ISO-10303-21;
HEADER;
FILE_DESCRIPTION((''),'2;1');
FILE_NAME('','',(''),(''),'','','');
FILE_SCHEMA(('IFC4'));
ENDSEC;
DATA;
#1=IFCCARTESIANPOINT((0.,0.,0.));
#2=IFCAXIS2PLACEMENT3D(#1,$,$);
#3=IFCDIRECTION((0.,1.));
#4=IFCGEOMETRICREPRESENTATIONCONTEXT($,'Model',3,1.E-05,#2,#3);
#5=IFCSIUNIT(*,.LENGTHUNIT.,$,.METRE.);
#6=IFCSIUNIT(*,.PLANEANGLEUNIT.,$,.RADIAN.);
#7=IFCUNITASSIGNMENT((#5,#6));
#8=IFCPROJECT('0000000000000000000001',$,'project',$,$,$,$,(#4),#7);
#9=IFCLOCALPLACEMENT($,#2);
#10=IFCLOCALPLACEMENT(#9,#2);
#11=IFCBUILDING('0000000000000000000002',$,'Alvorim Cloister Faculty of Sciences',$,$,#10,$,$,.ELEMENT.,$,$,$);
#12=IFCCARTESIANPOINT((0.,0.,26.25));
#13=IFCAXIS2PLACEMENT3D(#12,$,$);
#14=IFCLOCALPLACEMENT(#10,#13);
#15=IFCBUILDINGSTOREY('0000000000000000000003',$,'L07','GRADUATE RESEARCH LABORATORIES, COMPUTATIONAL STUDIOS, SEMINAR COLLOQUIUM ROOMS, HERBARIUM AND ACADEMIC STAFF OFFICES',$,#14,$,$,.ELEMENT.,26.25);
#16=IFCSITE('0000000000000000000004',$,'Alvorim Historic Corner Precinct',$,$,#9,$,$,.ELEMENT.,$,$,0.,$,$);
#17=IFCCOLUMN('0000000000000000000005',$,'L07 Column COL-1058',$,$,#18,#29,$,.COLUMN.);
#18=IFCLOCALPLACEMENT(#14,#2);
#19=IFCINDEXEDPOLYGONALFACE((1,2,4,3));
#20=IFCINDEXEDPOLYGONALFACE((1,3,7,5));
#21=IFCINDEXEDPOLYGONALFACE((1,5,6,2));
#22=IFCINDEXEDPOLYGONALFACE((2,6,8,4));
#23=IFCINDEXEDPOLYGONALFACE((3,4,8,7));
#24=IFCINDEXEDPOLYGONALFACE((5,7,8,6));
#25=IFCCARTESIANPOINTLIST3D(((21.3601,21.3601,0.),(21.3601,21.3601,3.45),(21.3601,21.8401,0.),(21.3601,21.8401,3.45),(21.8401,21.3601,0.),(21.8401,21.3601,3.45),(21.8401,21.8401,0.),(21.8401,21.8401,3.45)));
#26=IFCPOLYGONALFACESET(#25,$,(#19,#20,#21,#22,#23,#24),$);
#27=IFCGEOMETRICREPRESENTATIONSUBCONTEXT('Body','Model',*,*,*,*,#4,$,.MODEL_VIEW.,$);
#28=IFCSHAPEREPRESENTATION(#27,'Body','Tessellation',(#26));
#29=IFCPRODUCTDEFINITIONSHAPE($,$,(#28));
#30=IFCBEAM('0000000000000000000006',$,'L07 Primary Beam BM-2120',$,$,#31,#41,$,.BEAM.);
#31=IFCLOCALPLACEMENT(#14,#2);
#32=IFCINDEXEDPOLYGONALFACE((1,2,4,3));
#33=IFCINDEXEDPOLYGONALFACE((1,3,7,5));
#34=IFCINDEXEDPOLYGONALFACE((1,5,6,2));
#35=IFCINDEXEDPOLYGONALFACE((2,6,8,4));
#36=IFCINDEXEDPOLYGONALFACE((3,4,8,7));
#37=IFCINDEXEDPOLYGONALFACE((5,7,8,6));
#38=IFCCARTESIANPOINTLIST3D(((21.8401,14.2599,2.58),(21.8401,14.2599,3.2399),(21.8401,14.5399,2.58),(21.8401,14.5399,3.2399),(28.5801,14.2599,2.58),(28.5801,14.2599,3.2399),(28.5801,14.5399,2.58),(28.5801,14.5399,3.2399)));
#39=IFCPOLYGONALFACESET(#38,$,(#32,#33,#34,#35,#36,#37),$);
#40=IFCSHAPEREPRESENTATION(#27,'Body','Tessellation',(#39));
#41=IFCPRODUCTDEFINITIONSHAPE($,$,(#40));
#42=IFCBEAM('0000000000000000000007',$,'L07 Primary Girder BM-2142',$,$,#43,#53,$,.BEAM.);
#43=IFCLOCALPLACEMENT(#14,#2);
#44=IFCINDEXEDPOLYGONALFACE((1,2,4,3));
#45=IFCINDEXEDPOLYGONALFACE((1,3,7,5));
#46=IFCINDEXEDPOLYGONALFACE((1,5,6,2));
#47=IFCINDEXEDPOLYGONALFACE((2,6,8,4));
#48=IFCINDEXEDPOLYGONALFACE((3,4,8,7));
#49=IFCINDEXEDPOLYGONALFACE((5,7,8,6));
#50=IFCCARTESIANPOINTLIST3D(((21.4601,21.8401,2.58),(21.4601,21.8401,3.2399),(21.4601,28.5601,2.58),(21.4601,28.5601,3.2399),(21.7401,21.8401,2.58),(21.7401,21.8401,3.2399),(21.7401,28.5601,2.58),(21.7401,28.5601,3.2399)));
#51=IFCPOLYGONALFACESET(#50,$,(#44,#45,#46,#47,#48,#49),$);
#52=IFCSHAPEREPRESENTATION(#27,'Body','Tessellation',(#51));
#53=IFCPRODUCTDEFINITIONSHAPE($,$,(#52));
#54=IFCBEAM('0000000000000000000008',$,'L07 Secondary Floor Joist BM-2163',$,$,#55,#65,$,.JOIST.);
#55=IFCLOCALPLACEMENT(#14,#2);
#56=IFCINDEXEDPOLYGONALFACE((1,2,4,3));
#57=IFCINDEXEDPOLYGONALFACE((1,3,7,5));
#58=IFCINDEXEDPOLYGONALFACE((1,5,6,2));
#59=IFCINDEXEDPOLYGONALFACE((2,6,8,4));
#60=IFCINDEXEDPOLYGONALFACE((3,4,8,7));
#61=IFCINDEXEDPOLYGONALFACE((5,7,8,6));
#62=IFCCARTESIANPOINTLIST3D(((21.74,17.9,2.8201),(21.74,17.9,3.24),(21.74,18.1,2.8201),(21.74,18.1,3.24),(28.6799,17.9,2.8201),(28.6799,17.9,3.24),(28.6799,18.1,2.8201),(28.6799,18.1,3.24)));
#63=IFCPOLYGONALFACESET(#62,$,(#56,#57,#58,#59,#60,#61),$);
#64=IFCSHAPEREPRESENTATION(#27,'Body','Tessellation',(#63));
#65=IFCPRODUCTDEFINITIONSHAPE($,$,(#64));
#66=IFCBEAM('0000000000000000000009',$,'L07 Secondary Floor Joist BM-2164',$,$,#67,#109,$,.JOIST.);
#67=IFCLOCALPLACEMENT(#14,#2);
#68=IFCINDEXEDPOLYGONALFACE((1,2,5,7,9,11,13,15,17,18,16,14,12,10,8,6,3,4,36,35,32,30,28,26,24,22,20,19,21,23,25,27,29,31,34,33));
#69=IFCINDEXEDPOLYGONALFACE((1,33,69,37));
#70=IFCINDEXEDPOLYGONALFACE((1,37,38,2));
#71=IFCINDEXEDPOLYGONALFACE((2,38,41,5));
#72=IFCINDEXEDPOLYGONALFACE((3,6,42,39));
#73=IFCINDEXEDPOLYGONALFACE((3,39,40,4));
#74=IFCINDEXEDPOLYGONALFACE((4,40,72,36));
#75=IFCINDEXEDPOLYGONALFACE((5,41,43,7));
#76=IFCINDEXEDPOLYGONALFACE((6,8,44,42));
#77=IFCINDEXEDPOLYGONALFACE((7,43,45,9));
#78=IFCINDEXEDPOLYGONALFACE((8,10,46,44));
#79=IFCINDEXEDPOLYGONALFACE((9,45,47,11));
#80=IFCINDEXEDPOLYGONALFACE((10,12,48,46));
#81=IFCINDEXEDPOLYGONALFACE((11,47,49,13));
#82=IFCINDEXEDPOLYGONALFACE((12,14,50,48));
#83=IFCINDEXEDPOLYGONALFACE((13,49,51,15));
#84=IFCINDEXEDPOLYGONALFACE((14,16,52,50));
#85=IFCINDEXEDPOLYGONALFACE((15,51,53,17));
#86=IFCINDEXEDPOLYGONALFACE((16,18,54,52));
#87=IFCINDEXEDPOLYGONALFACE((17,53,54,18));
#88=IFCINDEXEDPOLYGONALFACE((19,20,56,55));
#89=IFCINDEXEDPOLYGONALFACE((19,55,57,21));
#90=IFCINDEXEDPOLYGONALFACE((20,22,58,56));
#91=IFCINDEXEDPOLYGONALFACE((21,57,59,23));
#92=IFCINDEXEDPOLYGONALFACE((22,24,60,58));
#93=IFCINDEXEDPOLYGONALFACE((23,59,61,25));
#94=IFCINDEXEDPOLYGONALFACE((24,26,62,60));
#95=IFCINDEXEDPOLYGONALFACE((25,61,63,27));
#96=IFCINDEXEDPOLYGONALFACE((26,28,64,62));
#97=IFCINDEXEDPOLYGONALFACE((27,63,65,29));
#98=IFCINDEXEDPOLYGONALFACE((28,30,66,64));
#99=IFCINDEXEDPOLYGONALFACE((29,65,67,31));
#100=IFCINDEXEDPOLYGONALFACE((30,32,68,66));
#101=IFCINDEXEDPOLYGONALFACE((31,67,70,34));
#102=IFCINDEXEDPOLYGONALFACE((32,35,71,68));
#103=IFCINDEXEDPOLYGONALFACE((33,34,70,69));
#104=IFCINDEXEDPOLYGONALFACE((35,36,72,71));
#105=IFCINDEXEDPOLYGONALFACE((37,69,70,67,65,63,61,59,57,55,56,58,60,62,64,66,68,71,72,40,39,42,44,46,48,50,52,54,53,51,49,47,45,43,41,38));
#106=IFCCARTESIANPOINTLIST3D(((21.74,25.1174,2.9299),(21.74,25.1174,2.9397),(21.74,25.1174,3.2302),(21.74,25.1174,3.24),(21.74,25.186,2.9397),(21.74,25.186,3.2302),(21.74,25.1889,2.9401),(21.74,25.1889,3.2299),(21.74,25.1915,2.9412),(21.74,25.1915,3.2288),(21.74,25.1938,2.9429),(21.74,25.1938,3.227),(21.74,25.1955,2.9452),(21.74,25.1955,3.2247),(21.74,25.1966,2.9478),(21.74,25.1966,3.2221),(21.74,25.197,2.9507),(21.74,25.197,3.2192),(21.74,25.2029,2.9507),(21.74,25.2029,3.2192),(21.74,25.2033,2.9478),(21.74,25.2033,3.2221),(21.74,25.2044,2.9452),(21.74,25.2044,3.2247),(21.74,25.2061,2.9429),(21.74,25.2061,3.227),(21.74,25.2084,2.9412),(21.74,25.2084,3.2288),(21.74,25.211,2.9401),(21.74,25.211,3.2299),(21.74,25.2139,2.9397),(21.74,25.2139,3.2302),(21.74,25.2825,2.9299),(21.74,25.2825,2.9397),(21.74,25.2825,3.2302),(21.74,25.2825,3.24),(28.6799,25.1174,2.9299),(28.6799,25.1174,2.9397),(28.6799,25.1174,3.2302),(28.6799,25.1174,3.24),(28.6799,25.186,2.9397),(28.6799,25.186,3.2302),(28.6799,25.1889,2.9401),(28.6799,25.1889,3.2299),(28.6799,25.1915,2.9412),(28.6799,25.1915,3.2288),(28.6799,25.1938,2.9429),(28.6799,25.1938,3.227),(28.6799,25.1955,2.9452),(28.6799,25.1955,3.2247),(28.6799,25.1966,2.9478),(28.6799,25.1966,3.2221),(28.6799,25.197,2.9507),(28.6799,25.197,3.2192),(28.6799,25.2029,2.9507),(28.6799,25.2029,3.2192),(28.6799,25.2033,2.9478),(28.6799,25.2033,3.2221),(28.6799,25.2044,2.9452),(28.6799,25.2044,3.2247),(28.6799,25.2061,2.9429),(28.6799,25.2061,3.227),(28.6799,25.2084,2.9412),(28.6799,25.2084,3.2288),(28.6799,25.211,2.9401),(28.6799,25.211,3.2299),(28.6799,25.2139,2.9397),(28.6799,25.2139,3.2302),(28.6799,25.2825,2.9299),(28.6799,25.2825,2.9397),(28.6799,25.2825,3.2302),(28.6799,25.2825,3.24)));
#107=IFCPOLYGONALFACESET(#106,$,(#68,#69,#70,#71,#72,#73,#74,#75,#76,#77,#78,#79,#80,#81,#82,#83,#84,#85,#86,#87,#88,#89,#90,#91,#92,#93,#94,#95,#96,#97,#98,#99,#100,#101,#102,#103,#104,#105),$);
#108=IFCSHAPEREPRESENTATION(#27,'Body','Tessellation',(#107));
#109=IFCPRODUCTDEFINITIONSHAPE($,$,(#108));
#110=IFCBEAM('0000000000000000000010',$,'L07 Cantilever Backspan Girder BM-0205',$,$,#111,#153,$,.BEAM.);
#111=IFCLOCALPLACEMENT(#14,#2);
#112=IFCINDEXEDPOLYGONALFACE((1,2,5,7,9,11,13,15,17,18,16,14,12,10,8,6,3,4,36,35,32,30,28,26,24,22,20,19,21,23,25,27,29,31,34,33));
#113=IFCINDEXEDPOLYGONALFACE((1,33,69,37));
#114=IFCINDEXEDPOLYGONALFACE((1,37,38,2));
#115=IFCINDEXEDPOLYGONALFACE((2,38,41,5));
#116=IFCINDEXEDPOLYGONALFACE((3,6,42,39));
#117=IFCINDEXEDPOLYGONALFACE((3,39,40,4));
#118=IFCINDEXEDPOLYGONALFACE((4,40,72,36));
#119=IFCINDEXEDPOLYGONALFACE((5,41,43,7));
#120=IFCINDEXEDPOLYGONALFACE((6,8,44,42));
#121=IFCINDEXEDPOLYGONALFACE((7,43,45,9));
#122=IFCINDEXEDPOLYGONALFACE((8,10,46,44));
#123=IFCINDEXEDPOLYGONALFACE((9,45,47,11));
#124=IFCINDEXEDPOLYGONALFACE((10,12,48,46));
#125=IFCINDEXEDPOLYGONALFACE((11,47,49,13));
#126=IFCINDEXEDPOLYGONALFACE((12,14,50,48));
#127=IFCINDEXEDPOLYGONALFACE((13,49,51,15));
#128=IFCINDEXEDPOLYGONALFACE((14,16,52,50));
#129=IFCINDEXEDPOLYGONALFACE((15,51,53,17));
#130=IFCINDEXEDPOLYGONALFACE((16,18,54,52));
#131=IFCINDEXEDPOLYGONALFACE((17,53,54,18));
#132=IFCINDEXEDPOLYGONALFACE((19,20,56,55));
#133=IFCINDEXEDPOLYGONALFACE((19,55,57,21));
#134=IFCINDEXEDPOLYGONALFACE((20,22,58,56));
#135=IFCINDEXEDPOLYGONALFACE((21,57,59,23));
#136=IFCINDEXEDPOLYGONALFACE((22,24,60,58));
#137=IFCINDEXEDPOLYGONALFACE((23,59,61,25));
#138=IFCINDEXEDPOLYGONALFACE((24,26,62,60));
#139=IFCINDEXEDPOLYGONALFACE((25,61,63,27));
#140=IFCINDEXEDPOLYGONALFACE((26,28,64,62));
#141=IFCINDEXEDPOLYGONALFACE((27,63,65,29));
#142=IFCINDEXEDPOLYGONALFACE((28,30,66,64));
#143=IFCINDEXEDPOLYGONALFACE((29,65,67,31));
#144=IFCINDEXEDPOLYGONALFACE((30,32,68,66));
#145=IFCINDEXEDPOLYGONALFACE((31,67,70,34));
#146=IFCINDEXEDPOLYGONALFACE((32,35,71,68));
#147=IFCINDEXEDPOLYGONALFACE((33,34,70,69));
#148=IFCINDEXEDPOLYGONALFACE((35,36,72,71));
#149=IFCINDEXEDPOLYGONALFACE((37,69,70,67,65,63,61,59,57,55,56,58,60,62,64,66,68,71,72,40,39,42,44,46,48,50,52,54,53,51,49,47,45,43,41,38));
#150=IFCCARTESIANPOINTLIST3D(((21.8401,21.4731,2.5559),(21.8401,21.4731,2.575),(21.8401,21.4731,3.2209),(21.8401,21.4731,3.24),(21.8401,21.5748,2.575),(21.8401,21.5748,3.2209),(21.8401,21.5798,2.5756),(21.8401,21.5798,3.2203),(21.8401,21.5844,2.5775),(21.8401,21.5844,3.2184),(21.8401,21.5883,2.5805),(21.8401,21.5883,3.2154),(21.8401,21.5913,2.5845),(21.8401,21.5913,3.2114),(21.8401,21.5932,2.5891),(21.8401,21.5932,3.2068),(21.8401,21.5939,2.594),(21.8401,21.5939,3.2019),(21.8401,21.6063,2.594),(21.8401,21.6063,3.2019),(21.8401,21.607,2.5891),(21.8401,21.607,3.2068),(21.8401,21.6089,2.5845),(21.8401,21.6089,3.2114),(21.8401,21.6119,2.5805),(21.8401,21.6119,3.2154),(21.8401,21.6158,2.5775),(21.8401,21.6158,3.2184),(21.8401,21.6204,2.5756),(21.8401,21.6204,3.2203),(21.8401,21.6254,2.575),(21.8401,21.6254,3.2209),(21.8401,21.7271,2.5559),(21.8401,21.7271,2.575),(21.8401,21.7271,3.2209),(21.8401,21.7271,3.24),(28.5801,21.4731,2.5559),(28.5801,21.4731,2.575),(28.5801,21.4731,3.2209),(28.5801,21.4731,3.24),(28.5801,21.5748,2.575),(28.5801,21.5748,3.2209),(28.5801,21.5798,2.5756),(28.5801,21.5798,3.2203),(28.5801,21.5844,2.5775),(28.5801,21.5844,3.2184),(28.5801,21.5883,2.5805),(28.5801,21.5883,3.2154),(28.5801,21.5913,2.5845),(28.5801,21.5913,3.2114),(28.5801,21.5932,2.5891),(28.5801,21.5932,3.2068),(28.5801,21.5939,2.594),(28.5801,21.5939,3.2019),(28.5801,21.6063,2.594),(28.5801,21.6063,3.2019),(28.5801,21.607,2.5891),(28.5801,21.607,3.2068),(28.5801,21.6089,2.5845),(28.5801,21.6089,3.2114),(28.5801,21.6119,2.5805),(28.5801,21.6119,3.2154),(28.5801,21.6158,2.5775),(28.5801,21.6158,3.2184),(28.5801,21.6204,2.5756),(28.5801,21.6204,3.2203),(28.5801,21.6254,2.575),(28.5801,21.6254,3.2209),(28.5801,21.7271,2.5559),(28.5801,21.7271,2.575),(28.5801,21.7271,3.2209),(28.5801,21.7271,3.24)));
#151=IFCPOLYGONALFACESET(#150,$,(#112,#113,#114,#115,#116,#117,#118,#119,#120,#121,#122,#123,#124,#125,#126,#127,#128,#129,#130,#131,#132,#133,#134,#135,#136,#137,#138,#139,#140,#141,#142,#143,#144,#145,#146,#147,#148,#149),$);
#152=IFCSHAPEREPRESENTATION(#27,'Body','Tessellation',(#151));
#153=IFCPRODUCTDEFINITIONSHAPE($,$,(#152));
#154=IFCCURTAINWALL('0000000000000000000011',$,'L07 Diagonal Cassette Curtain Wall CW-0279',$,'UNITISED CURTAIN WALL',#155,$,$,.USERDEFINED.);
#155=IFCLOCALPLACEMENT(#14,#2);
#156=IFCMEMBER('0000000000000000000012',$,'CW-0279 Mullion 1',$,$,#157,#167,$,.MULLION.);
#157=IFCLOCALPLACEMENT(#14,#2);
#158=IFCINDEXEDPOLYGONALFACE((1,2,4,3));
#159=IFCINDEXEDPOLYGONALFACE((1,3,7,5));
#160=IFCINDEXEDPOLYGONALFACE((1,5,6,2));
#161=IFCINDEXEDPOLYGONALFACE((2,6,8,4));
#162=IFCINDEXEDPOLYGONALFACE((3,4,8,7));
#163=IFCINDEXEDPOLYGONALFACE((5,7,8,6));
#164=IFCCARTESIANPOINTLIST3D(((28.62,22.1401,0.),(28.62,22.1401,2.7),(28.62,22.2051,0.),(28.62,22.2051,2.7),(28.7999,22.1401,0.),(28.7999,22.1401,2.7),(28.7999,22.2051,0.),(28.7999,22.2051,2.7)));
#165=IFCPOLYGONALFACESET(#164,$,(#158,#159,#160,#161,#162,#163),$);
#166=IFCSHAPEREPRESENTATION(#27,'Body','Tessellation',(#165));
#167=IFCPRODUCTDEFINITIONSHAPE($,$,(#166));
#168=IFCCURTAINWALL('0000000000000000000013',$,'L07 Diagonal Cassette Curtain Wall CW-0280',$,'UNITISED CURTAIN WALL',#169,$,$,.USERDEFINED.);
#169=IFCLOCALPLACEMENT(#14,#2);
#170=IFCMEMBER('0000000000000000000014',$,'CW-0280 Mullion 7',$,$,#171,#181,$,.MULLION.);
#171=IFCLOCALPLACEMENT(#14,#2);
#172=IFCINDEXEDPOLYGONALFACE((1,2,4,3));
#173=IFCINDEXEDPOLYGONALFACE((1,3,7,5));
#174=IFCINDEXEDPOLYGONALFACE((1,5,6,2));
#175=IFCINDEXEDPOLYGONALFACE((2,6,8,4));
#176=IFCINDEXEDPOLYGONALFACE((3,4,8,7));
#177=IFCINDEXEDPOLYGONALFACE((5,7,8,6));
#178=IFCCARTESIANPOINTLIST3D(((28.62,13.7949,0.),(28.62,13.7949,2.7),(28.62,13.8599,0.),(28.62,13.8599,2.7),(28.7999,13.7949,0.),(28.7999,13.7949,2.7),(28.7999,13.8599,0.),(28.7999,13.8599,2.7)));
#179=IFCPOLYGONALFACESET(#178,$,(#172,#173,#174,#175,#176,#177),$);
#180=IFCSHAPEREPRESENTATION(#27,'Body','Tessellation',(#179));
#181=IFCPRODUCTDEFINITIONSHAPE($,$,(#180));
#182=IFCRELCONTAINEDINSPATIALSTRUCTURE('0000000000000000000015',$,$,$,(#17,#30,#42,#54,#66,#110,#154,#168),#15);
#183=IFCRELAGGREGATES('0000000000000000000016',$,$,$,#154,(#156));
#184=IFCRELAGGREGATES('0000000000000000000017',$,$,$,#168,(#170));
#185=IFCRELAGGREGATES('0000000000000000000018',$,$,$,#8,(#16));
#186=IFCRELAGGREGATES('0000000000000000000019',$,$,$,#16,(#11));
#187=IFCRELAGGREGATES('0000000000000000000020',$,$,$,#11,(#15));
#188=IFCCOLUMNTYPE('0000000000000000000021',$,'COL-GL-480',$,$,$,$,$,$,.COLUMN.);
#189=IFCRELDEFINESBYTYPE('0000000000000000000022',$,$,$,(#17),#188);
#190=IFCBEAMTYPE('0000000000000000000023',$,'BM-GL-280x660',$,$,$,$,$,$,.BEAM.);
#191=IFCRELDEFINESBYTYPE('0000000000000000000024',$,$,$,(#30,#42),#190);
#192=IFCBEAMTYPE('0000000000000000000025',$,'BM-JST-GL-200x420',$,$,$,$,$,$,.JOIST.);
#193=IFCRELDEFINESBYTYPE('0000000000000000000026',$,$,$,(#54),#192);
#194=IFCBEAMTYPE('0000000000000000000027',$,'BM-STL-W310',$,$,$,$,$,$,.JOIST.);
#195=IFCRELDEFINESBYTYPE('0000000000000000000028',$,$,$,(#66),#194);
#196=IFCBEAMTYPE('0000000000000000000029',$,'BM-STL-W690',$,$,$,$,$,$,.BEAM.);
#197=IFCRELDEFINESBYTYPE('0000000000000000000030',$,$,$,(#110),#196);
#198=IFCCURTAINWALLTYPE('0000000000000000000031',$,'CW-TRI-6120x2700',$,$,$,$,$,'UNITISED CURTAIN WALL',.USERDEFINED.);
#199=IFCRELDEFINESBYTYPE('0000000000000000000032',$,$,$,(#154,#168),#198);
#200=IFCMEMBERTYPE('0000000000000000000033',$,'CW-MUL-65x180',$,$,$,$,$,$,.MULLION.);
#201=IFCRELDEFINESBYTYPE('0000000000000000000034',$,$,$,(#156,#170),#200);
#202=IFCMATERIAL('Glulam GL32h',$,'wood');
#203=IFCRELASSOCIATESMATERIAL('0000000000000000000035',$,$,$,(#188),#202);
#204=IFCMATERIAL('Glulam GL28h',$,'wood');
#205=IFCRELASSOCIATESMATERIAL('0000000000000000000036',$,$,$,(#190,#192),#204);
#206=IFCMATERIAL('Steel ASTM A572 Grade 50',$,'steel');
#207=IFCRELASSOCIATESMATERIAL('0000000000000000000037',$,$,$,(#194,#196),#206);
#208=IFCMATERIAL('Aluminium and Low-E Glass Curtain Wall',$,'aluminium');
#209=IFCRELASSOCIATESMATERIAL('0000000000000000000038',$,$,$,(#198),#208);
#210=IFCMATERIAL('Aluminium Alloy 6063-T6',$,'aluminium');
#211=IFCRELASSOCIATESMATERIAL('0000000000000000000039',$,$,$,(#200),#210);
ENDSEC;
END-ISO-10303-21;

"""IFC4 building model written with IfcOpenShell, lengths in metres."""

from ifc_helpers import new_model, si_unit, direction, frame, origin, origin_2d, place, context, subcontext, project, spatial, rectangle, i_section, extrude, material, material_profile, profile_set, type_object, element, aggregate, save


model = new_model("IFC4")

# Units and contexts
model_context = context("Model", 3, precision=1e-05, world=origin(), true_north=direction((0.0, 1.0)))
body_context = subcontext(model_context, "Body", "Model", "MODEL_VIEW")
ifc_project = project(units=[si_unit("LENGTHUNIT", "METRE"), si_unit("PLANEANGLEUNIT", "RADIAN")], contexts=[model_context])

# Site, building, storey
site_placement = place(None, origin())
site = spatial("IfcSite", under=ifc_project, at=site_placement, Name="Alvorim Historic Corner Precinct", CompositionType="ELEMENT", RefElevation=0.0)
building_placement = place(site_placement, origin())
building = spatial("IfcBuilding", under=site, at=building_placement, Name="Alvorim Cloister Faculty of Sciences", CompositionType="ELEMENT")
storey_placement = place(building_placement, frame((0.0, 0.0, 26.25)))
storey = spatial("IfcBuildingStorey", under=building, at=storey_placement, Name="L07", Description="GRADUATE RESEARCH LABORATORIES, COMPUTATIONAL STUDIOS, SEMINAR COLLOQUIUM ROOMS, HERBARIUM AND ACADEMIC STAFF OFFICES", CompositionType="ELEMENT", Elevation=26.25)

# Column
ifc_material_1 = material(Name="Glulam GL32h", Category="wood")
ifc_material_profile_1 = material_profile(ifc_material_1, rectangle(XDim=0.48, YDim=0.48, at=origin_2d()), Name="GL32-COL-480x480")
ifc_profile_set_1 = profile_set([ifc_material_profile_1], Name="Glulam GL32h")
column_type = type_object("IfcColumnType", Name="COL-GL-480", PredefinedType="COLUMN", material=ifc_profile_set_1)
column_placement = place(storey_placement, frame((21.6001, 21.6001, 0.0), z_axis=(0.0, 0.0, 1.0), x_axis=(1.0, 0.0, 0.0)))
element("IfcColumn", 1, at=column_placement, inside=storey, type_object=column_type, Name="L07 Column COL-1058", PredefinedType="COLUMN", context=body_context, shape_type="SweptSolid", body=[
    extrude(rectangle(XDim=0.48, YDim=0.48, at=origin_2d()), origin(), (0.0, 0.0, 1.0), 3.45),
])

# Beams
ifc_material_2 = material(Name="Glulam GL28h", Category="wood")
ifc_material_profile_2 = material_profile(ifc_material_2, rectangle(XDim=0.28, YDim=0.6599, at=origin_2d()), Name="GL28-BM-280x660")
ifc_profile_set_2 = profile_set([ifc_material_profile_2], Name="Glulam GL28h")
beam_type_1 = type_object("IfcBeamType", Name="BM-GL-280x660", PredefinedType="BEAM", material=ifc_profile_set_2)
beam_1_placement = place(storey_placement, frame((21.8401, 14.3999, 2.9099), z_axis=(1.0, 0.0, 0.0), x_axis=(0.0, 1.0, 0.0)))
element("IfcBeam", 2, at=beam_1_placement, inside=storey, type_object=beam_type_1, Name="L07 Primary Beam BM-2120", PredefinedType="BEAM", context=body_context, shape_type="SweptSolid", body=[
    extrude(rectangle(XDim=0.28, YDim=0.6599, at=origin_2d()), origin(), (0.0, 0.0, 1.0), 6.74),
])
beam_2_placement = place(storey_placement, frame((21.6001, 21.8401, 2.9099), z_axis=(0.0, 1.0, 0.0), x_axis=(-1.0, 0.0, 0.0)))
element("IfcBeam", 3, at=beam_2_placement, inside=storey, type_object=beam_type_1, Name="L07 Primary Girder BM-2142", PredefinedType="BEAM", context=body_context, shape_type="SweptSolid", body=[
    extrude(rectangle(XDim=0.28, YDim=0.6599, at=origin_2d()), origin(), (0.0, 0.0, 1.0), 6.72),
])
ifc_material_profile_3 = material_profile(ifc_material_2, rectangle(XDim=0.2, YDim=0.4199, at=origin_2d()), Name="GL28-JST-200x420")
ifc_profile_set_3 = profile_set([ifc_material_profile_3], Name="Glulam GL28h")
beam_type_2 = type_object("IfcBeamType", Name="BM-JST-GL-200x420", PredefinedType="JOIST", material=ifc_profile_set_3)
beam_3_placement = place(storey_placement, frame((21.74, 18.0, 3.03), z_axis=(1.0, 0.0, 0.0), x_axis=(0.0, 1.0, 0.0)))
element("IfcBeam", 4, at=beam_3_placement, inside=storey, type_object=beam_type_2, Name="L07 Secondary Floor Joist BM-2163", PredefinedType="JOIST", context=body_context, shape_type="SweptSolid", body=[
    extrude(rectangle(XDim=0.2, YDim=0.4199, at=origin_2d()), origin(), (0.0, 0.0, 1.0), 6.9399),
])
ifc_material_3 = material(Name="Steel ASTM A572 Grade 50", Category="steel")
ifc_material_profile_4 = material_profile(ifc_material_3, i_section(OverallWidth=0.165, OverallDepth=0.3101, WebThickness=0.0059, FlangeThickness=0.0098, FilletRadius=0.011, at=origin_2d()), Name="W310x38.7")
ifc_profile_set_4 = profile_set([ifc_material_profile_4], Name="Steel ASTM A572 Grade 50")
beam_type_3 = type_object("IfcBeamType", Name="BM-STL-W310", PredefinedType="JOIST", material=ifc_profile_set_4)
beam_4_placement = place(storey_placement, frame((21.74, 25.2, 3.085), z_axis=(1.0, 0.0, 0.0), x_axis=(0.0, 1.0, 0.0)))
element("IfcBeam", 5, at=beam_4_placement, inside=storey, type_object=beam_type_3, Name="L07 Secondary Floor Joist BM-2164", PredefinedType="JOIST", context=body_context, shape_type="SweptSolid", body=[
    extrude(i_section(OverallWidth=0.165, OverallDepth=0.3101, WebThickness=0.0059, FlangeThickness=0.0098, FilletRadius=0.011, at=origin_2d()), origin(), (0.0, 0.0, 1.0), 6.9399),
])
ifc_material_profile_5 = material_profile(ifc_material_3, i_section(OverallWidth=0.2539, OverallDepth=0.6841, WebThickness=0.0125, FlangeThickness=0.019, FilletRadius=0.019, at=origin_2d()), Name="W690x140.0")
ifc_profile_set_5 = profile_set([ifc_material_profile_5], Name="Steel ASTM A572 Grade 50")
beam_type_4 = type_object("IfcBeamType", Name="BM-STL-W690", PredefinedType="BEAM", material=ifc_profile_set_5)
beam_5_placement = place(storey_placement, frame((21.8401, 21.6001, 2.8979), z_axis=(1.0, 0.0, 0.0), x_axis=(0.0, 1.0, 0.0)))
element("IfcBeam", 6, at=beam_5_placement, inside=storey, type_object=beam_type_4, Name="L07 Cantilever Backspan Girder BM-0205", PredefinedType="BEAM", context=body_context, shape_type="SweptSolid", body=[
    extrude(i_section(OverallWidth=0.2539, OverallDepth=0.6841, WebThickness=0.0125, FlangeThickness=0.019, FilletRadius=0.019, at=origin_2d()), origin(), (0.0, 0.0, 1.0), 6.74),
])

# Curtain walls, members
ifc_material_4 = material(Name="Aluminium and Low-E Glass Curtain Wall", Category="aluminium")
curtain_wall_type = type_object("IfcCurtainWallType", Name="CW-TRI-6120x2700", ElementType="UNITISED CURTAIN WALL", PredefinedType="USERDEFINED", material=ifc_material_4)
curtain_wall_1_placement = place(storey_placement, origin())
curtain_wall_1 = element("IfcCurtainWall", 7, at=curtain_wall_1_placement, inside=storey, type_object=curtain_wall_type, Name="L07 Diagonal Cassette Curtain Wall CW-0279", ObjectType="UNITISED CURTAIN WALL", PredefinedType="USERDEFINED")
ifc_material_5 = material(Name="Aluminium Alloy 6063-T6", Category="aluminium")
ifc_material_profile_6 = material_profile(ifc_material_5, rectangle(XDim=0.0649, YDim=0.1799, at=origin_2d()), Name="ALU-MUL-65x180")
ifc_profile_set_6 = profile_set([ifc_material_profile_6], Name="Aluminium Alloy 6063-T6")
member_type_1 = type_object("IfcMemberType", Name="CW-MUL-65x180", PredefinedType="MULLION", material=ifc_profile_set_6)
member_1_placement = place(storey_placement, frame((28.71, 22.1726, 0.0), z_axis=(0.0, 0.0, 1.0), x_axis=(0.0, 1.0, 0.0)))
member_1 = element("IfcMember", 8, at=member_1_placement, type_object=member_type_1, Name="CW-0279 Mullion 1", PredefinedType="MULLION", context=body_context, shape_type="SweptSolid", body=[
    extrude(rectangle(XDim=0.0649, YDim=0.1799, at=origin_2d()), origin(), (0.0, 0.0, 1.0), 2.7),
])
curtain_wall_2_placement = place(storey_placement, origin())
curtain_wall_2 = element("IfcCurtainWall", 9, at=curtain_wall_2_placement, inside=storey, type_object=curtain_wall_type, Name="L07 Diagonal Cassette Curtain Wall CW-0280", ObjectType="UNITISED CURTAIN WALL", PredefinedType="USERDEFINED")
member_2_placement = place(storey_placement, frame((28.71, 13.8274, 0.0), z_axis=(0.0, 0.0, 1.0), x_axis=(0.0, 1.0, 0.0)))
member_2 = element("IfcMember", 10, at=member_2_placement, type_object=member_type_1, Name="CW-0280 Mullion 7", PredefinedType="MULLION", context=body_context, shape_type="SweptSolid", body=[
    extrude(rectangle(XDim=0.0649, YDim=0.1799, at=origin_2d()), origin(), (0.0, 0.0, 1.0), 2.7),
])

aggregate(curtain_wall_1, [member_1])
aggregate(curtain_wall_2, [member_2])

save(model, "model.ifc")
